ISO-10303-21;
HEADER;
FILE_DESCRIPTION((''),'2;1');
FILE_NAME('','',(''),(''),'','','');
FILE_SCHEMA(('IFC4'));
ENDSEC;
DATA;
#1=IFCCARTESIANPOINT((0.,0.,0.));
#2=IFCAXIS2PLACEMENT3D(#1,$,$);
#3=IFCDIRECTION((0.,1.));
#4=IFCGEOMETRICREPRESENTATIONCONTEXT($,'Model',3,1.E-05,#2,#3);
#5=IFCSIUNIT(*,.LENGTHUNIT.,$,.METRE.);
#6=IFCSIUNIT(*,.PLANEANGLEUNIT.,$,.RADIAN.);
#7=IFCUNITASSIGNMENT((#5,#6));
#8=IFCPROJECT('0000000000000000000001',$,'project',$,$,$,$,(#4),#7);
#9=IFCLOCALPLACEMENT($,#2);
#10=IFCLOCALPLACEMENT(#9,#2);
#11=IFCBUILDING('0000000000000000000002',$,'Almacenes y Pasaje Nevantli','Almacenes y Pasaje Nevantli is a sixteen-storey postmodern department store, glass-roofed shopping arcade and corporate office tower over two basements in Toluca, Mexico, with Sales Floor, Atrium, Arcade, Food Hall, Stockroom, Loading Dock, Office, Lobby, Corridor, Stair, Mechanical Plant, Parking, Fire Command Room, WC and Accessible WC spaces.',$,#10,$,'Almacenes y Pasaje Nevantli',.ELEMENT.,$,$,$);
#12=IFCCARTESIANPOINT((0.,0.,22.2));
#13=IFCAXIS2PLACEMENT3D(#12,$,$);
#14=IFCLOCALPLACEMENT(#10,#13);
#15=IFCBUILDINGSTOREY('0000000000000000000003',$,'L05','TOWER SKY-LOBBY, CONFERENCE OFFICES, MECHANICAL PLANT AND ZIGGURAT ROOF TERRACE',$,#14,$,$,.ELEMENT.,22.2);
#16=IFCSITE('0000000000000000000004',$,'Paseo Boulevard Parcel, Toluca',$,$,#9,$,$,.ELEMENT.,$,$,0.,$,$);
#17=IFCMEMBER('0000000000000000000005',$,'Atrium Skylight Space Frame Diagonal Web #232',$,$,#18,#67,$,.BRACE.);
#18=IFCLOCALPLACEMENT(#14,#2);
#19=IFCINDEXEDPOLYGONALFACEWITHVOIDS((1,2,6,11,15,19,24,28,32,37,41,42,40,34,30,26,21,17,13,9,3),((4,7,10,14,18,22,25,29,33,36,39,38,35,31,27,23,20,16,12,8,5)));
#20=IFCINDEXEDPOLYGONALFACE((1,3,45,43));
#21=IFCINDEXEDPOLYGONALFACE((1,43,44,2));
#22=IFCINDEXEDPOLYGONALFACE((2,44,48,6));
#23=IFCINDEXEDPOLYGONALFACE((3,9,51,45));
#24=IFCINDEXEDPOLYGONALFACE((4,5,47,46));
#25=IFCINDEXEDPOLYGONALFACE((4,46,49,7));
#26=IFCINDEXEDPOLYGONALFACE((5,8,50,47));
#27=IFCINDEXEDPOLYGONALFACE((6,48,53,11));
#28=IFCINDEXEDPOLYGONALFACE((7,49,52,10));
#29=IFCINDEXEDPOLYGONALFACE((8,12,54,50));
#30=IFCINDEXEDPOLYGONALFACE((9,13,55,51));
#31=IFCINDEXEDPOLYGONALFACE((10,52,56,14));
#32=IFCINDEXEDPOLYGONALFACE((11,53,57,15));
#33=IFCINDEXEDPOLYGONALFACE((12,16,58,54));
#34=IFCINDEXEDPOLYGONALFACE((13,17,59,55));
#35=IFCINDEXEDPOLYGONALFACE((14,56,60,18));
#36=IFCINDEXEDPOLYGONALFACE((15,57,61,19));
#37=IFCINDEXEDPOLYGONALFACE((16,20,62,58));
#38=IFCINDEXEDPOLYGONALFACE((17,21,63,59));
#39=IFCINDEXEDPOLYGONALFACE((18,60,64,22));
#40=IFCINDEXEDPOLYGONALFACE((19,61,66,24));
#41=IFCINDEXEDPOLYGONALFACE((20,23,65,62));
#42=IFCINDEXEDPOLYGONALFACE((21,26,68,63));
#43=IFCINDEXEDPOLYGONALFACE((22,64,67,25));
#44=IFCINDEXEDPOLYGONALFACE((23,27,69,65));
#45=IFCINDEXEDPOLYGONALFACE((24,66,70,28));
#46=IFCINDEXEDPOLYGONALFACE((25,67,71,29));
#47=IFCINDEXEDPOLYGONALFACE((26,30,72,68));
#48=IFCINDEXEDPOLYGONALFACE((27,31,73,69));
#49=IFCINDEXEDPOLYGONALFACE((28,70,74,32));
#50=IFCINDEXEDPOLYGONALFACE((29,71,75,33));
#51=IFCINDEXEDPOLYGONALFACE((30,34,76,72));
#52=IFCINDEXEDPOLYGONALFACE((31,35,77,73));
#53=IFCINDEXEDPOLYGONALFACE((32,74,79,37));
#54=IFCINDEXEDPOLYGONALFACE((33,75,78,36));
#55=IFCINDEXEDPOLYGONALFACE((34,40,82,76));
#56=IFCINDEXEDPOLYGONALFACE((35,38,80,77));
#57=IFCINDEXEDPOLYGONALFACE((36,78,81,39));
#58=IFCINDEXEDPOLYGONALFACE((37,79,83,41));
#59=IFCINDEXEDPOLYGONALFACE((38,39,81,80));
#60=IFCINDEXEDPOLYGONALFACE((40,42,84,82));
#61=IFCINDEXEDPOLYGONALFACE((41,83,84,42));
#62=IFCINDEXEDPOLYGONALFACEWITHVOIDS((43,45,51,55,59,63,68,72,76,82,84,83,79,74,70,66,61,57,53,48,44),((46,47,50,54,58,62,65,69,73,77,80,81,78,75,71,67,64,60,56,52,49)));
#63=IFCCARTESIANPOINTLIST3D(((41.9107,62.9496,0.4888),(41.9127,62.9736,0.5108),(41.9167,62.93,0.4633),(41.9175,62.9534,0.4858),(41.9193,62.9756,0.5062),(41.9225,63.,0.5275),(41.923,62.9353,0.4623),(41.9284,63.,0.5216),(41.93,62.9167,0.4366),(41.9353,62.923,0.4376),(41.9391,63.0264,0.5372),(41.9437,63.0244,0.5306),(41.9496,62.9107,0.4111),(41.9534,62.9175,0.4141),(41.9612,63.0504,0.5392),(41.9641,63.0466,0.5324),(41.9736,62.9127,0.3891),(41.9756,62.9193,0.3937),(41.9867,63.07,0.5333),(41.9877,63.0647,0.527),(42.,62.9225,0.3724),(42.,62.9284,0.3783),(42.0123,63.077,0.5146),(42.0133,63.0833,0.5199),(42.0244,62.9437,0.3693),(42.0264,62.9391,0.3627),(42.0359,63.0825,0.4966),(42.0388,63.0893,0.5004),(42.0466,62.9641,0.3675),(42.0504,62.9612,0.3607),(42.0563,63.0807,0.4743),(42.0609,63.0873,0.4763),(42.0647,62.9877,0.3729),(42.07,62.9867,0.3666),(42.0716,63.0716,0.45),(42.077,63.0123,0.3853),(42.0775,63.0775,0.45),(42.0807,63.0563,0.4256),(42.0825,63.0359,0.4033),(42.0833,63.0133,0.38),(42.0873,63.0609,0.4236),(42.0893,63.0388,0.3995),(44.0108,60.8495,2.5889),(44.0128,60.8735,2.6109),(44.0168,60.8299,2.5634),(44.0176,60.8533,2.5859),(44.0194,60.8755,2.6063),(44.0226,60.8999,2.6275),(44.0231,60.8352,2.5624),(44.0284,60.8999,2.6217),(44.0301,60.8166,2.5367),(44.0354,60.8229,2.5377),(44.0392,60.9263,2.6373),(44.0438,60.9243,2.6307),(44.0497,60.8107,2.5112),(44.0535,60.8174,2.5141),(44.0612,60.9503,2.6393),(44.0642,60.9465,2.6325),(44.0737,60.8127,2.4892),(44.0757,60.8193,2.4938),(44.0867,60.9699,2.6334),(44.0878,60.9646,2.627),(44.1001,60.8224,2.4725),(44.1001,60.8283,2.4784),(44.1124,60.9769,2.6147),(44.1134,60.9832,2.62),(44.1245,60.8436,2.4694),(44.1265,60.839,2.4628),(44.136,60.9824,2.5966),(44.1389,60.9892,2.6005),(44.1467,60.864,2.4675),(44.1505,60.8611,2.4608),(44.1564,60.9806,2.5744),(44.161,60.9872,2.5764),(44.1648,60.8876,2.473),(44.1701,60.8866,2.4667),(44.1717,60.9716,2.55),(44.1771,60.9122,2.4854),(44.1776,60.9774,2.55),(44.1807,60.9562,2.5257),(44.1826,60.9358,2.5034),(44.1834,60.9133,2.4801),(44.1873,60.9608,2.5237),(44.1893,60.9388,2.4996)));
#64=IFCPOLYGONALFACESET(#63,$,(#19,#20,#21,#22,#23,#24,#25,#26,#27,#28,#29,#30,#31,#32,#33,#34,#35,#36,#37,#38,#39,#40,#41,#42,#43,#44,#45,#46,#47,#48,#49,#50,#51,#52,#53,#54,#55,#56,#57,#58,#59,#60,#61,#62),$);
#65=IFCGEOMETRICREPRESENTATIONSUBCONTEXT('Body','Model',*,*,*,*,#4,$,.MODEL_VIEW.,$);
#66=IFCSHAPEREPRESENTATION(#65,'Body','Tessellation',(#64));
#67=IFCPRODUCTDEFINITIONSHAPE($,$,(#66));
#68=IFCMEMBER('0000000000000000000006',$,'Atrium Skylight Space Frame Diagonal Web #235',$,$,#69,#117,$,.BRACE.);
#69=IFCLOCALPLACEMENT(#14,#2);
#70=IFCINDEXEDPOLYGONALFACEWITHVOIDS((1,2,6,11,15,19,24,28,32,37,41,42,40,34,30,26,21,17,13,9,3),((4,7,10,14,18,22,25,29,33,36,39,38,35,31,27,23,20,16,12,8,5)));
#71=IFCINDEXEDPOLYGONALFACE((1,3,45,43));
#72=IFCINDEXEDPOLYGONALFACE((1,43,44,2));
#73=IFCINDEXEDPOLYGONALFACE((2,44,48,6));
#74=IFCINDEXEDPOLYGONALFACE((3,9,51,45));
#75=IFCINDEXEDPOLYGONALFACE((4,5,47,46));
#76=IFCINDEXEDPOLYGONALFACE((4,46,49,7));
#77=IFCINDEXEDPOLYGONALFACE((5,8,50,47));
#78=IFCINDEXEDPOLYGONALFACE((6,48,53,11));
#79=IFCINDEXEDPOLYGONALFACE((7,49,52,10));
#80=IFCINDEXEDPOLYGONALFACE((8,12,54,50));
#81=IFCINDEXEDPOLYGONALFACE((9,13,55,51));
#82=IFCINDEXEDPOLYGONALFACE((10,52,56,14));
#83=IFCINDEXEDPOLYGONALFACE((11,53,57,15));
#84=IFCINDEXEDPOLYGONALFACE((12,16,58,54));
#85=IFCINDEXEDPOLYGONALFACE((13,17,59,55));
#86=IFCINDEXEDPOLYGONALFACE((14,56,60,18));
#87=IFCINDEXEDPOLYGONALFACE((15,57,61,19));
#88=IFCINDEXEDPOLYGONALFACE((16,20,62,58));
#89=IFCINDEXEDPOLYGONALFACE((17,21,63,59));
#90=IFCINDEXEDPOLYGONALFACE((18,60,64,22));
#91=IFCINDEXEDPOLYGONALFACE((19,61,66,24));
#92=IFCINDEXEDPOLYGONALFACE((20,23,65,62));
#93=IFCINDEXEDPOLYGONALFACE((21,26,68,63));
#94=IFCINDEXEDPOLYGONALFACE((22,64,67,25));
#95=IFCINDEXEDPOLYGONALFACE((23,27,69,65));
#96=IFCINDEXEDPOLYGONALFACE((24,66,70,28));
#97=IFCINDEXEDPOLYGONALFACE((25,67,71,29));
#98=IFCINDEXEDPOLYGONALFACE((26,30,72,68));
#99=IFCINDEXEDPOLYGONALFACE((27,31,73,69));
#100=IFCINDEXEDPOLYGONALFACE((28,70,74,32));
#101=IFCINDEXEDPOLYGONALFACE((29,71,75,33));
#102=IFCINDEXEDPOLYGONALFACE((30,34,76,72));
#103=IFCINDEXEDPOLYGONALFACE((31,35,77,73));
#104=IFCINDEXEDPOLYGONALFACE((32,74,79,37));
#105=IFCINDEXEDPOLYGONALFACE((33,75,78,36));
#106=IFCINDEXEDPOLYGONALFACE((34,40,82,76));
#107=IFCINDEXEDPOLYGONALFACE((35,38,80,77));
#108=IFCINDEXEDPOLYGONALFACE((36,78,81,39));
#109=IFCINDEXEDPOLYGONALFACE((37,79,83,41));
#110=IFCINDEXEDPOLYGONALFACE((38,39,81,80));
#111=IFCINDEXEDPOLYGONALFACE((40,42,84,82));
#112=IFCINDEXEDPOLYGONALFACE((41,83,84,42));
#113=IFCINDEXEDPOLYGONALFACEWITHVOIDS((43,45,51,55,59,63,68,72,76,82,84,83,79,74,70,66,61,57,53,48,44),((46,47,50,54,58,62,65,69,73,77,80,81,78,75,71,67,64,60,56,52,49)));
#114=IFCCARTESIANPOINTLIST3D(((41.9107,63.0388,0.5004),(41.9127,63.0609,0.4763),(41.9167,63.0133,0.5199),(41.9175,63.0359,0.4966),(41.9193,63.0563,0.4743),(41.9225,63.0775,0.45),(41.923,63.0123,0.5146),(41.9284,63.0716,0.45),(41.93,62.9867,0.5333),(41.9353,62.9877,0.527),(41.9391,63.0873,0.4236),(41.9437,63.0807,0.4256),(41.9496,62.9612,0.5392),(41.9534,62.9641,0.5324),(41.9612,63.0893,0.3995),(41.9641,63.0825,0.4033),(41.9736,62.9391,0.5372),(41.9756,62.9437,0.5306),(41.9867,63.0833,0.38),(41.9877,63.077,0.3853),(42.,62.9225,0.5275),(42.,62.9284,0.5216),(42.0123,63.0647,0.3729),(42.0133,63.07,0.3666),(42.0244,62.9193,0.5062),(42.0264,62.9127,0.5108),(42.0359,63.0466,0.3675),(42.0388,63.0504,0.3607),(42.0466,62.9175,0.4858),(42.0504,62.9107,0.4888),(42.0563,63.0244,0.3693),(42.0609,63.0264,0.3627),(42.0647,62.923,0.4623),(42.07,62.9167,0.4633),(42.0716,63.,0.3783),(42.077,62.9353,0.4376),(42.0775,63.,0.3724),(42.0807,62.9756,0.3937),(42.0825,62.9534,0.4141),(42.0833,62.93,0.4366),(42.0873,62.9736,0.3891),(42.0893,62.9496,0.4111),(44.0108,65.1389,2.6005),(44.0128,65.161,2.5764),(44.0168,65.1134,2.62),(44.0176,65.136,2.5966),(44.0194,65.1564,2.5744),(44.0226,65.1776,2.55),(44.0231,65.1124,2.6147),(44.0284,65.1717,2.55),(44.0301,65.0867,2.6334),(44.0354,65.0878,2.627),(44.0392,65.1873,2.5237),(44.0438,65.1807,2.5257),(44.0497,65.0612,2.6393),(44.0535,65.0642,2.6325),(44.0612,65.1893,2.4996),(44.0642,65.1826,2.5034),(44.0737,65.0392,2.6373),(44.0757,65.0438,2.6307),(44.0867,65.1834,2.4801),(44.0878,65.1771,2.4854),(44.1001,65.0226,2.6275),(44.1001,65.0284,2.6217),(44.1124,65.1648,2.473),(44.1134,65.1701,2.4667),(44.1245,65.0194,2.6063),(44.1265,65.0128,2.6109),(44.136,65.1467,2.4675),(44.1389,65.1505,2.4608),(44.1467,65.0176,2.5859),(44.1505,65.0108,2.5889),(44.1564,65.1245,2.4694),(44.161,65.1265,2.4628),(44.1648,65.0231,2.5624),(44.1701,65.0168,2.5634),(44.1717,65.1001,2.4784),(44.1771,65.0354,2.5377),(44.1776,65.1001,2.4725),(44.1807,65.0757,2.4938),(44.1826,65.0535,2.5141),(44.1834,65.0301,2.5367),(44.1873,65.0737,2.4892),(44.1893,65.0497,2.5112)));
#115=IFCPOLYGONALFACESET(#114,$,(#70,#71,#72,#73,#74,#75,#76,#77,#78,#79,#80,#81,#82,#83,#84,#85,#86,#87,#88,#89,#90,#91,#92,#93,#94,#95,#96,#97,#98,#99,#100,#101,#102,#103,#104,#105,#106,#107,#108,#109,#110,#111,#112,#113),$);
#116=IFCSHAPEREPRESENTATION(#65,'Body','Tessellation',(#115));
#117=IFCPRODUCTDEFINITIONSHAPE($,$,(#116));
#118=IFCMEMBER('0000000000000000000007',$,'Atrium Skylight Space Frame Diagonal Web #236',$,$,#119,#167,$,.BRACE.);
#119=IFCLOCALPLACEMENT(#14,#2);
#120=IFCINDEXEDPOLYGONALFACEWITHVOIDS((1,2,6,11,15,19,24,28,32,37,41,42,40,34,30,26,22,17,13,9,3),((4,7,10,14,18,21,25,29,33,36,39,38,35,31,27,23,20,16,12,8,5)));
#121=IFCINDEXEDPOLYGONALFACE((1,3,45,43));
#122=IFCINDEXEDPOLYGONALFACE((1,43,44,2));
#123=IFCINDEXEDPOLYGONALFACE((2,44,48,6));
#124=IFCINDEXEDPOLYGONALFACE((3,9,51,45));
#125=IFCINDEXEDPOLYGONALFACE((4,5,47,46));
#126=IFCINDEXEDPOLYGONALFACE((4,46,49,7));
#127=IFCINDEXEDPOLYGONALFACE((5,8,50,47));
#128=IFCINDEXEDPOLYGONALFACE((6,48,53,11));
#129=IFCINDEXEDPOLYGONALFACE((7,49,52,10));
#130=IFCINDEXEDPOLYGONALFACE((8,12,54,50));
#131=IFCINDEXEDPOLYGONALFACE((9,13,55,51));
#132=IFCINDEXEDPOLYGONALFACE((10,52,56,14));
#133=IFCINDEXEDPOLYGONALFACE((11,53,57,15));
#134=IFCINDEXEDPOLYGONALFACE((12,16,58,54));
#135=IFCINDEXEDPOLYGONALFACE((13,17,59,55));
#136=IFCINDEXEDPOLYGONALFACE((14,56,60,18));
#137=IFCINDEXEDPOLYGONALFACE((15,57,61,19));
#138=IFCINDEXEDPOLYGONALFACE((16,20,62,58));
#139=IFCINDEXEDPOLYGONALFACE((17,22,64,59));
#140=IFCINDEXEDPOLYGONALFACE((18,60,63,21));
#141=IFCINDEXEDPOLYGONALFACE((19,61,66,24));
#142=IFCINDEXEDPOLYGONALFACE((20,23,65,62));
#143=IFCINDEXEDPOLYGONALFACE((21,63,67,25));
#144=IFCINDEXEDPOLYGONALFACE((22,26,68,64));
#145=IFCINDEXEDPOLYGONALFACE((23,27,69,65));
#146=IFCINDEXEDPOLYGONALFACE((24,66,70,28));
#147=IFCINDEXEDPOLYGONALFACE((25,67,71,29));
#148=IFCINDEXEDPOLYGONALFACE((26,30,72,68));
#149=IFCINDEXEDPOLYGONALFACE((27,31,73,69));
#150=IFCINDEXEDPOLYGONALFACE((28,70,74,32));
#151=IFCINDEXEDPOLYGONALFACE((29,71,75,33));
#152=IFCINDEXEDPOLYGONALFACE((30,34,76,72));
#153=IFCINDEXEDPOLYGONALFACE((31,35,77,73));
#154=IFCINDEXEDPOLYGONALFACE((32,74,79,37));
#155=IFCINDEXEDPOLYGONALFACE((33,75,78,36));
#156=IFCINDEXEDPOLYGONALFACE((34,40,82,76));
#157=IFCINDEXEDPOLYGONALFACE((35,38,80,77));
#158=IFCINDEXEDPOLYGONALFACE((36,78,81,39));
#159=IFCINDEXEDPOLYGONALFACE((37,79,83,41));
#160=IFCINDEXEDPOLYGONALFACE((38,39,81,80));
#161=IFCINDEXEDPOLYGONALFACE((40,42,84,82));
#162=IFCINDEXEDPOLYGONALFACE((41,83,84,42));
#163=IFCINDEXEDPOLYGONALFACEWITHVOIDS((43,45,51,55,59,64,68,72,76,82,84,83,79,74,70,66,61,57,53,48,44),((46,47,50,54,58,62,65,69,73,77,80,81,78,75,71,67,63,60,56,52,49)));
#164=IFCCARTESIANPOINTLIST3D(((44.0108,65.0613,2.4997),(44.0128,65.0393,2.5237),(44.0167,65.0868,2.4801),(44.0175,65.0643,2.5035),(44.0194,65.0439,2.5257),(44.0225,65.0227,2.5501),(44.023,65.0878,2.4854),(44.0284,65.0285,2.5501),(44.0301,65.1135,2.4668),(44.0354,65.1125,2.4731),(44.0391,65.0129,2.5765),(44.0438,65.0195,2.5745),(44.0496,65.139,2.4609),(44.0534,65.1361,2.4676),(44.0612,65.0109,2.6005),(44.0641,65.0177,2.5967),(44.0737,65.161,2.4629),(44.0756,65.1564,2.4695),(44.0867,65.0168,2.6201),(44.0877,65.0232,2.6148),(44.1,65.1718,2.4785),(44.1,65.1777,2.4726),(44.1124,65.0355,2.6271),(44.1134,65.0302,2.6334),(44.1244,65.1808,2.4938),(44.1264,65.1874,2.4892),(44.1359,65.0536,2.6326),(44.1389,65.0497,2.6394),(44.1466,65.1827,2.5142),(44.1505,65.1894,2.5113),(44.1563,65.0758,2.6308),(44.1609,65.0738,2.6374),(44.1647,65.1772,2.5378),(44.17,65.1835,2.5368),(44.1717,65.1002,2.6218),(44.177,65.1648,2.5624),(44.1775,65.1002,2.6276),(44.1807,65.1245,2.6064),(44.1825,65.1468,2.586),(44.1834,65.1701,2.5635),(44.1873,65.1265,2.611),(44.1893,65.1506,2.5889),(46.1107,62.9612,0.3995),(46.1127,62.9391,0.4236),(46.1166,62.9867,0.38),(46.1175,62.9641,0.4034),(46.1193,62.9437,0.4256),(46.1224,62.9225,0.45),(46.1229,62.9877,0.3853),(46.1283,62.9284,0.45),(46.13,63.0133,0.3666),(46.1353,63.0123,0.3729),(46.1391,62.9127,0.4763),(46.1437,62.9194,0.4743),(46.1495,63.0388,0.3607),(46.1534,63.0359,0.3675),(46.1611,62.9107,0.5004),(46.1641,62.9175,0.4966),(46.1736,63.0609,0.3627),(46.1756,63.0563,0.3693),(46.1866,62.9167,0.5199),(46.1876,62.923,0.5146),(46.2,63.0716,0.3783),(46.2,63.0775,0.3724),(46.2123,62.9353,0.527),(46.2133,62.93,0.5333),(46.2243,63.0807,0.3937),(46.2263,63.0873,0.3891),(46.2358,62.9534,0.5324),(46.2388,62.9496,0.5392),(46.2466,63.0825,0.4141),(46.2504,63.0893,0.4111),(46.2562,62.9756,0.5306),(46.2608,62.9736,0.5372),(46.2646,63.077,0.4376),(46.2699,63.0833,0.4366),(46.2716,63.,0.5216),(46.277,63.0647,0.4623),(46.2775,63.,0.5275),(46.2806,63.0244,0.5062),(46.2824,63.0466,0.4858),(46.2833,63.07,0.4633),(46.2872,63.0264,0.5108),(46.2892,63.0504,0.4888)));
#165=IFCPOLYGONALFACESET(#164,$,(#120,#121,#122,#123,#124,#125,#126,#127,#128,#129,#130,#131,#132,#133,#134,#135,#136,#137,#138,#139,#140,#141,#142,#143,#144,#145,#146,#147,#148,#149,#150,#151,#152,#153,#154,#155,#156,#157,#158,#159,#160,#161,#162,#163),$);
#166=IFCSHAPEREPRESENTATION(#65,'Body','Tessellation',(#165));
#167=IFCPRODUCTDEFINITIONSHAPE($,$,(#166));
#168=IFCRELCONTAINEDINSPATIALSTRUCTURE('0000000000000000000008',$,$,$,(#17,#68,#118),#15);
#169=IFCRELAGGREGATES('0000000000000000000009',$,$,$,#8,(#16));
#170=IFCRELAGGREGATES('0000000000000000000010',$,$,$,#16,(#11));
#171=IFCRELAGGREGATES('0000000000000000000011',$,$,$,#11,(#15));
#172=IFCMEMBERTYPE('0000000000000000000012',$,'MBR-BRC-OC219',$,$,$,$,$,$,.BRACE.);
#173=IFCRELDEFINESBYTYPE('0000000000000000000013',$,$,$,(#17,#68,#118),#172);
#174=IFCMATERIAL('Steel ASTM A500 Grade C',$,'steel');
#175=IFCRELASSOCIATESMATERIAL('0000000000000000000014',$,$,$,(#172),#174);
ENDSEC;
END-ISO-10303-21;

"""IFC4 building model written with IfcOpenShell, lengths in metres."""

from ifc_helpers import new_model, si_unit, direction, frame, origin, origin_2d, place, context, subcontext, project, spatial, hollow_circle, extrude, material, material_profile, profile_set, type_object, element, save


model = new_model("IFC4")

# Units and contexts
model_context = context("Model", 3, precision=1e-05, world=origin(), true_north=direction((0.0, 1.0)))
body_context = subcontext(model_context, "Body", "Model", "MODEL_VIEW")
ifc_project = project(units=[si_unit("LENGTHUNIT", "METRE"), si_unit("PLANEANGLEUNIT", "RADIAN")], contexts=[model_context])

# Site, building, storey
site_placement = place(None, origin())
site = spatial("IfcSite", under=ifc_project, at=site_placement, Name="Paseo Boulevard Parcel, Toluca", CompositionType="ELEMENT", RefElevation=0.0)
building_placement = place(site_placement, origin())
building = spatial("IfcBuilding", under=site, at=building_placement, Name="Almacenes y Pasaje Nevantli", Description="Almacenes y Pasaje Nevantli is a sixteen-storey postmodern department store, glass-roofed shopping arcade and corporate office tower over two basements in Toluca, Mexico, with Sales Floor, Atrium, Arcade, Food Hall, Stockroom, Loading Dock, Office, Lobby, Corridor, Stair, Mechanical Plant, Parking, Fire Command Room, WC and Accessible WC spaces.", LongName="Almacenes y Pasaje Nevantli", CompositionType="ELEMENT")
storey_placement = place(building_placement, frame((0.0, 0.0, 22.2)))
storey = spatial("IfcBuildingStorey", under=building, at=storey_placement, Name="L05", Description="TOWER SKY-LOBBY, CONFERENCE OFFICES, MECHANICAL PLANT AND ZIGGURAT ROOF TERRACE", CompositionType="ELEMENT", Elevation=22.2)

# Members
ifc_material_1 = material(Name="Steel ASTM A500 Grade C", Category="steel")
ifc_material_profile_1 = material_profile(ifc_material_1, hollow_circle(Radius=0.1096, WallThickness=0.0083, at=origin_2d()), Name="OC 219x8.2")
ifc_profile_set_1 = profile_set([ifc_material_profile_1], Name="Steel ASTM A500 Grade C")
member_type_1 = type_object("IfcMemberType", Name="MBR-BRC-OC219", PredefinedType="BRACE", material=ifc_profile_set_1)
for number, where, z_axis, x_axis, name in (
    (1, (42.0, 63.0, 0.45), (0.57735, -0.57735, 0.57735), (0.707107, 0.707107, 0.0), "Atrium Skylight Space Frame Diagonal Web #232"),
    (2, (42.0, 63.0, 0.45), (0.57735, 0.57735, 0.57735), (-0.707107, 0.707107, 0.0), "Atrium Skylight Space Frame Diagonal Web #235"),
    (3, (46.2, 63.0, 0.45), (-0.577306, 0.577373, 0.577373), (-0.707148, -0.707066, 0.0), "Atrium Skylight Space Frame Diagonal Web #236"),
):
    element("IfcMember", number, at=place(storey_placement, frame(where, z_axis=z_axis, x_axis=x_axis)), inside=storey, type_object=member_type_1, Name=name, PredefinedType="BRACE", context=body_context, shape_type="SweptSolid", body=[
        extrude(hollow_circle(Radius=0.1096, WallThickness=0.0083, at=origin_2d()), origin(), (0.0, 0.0, 1.0), 3.6375),
    ])

save(model, "model.ifc")
